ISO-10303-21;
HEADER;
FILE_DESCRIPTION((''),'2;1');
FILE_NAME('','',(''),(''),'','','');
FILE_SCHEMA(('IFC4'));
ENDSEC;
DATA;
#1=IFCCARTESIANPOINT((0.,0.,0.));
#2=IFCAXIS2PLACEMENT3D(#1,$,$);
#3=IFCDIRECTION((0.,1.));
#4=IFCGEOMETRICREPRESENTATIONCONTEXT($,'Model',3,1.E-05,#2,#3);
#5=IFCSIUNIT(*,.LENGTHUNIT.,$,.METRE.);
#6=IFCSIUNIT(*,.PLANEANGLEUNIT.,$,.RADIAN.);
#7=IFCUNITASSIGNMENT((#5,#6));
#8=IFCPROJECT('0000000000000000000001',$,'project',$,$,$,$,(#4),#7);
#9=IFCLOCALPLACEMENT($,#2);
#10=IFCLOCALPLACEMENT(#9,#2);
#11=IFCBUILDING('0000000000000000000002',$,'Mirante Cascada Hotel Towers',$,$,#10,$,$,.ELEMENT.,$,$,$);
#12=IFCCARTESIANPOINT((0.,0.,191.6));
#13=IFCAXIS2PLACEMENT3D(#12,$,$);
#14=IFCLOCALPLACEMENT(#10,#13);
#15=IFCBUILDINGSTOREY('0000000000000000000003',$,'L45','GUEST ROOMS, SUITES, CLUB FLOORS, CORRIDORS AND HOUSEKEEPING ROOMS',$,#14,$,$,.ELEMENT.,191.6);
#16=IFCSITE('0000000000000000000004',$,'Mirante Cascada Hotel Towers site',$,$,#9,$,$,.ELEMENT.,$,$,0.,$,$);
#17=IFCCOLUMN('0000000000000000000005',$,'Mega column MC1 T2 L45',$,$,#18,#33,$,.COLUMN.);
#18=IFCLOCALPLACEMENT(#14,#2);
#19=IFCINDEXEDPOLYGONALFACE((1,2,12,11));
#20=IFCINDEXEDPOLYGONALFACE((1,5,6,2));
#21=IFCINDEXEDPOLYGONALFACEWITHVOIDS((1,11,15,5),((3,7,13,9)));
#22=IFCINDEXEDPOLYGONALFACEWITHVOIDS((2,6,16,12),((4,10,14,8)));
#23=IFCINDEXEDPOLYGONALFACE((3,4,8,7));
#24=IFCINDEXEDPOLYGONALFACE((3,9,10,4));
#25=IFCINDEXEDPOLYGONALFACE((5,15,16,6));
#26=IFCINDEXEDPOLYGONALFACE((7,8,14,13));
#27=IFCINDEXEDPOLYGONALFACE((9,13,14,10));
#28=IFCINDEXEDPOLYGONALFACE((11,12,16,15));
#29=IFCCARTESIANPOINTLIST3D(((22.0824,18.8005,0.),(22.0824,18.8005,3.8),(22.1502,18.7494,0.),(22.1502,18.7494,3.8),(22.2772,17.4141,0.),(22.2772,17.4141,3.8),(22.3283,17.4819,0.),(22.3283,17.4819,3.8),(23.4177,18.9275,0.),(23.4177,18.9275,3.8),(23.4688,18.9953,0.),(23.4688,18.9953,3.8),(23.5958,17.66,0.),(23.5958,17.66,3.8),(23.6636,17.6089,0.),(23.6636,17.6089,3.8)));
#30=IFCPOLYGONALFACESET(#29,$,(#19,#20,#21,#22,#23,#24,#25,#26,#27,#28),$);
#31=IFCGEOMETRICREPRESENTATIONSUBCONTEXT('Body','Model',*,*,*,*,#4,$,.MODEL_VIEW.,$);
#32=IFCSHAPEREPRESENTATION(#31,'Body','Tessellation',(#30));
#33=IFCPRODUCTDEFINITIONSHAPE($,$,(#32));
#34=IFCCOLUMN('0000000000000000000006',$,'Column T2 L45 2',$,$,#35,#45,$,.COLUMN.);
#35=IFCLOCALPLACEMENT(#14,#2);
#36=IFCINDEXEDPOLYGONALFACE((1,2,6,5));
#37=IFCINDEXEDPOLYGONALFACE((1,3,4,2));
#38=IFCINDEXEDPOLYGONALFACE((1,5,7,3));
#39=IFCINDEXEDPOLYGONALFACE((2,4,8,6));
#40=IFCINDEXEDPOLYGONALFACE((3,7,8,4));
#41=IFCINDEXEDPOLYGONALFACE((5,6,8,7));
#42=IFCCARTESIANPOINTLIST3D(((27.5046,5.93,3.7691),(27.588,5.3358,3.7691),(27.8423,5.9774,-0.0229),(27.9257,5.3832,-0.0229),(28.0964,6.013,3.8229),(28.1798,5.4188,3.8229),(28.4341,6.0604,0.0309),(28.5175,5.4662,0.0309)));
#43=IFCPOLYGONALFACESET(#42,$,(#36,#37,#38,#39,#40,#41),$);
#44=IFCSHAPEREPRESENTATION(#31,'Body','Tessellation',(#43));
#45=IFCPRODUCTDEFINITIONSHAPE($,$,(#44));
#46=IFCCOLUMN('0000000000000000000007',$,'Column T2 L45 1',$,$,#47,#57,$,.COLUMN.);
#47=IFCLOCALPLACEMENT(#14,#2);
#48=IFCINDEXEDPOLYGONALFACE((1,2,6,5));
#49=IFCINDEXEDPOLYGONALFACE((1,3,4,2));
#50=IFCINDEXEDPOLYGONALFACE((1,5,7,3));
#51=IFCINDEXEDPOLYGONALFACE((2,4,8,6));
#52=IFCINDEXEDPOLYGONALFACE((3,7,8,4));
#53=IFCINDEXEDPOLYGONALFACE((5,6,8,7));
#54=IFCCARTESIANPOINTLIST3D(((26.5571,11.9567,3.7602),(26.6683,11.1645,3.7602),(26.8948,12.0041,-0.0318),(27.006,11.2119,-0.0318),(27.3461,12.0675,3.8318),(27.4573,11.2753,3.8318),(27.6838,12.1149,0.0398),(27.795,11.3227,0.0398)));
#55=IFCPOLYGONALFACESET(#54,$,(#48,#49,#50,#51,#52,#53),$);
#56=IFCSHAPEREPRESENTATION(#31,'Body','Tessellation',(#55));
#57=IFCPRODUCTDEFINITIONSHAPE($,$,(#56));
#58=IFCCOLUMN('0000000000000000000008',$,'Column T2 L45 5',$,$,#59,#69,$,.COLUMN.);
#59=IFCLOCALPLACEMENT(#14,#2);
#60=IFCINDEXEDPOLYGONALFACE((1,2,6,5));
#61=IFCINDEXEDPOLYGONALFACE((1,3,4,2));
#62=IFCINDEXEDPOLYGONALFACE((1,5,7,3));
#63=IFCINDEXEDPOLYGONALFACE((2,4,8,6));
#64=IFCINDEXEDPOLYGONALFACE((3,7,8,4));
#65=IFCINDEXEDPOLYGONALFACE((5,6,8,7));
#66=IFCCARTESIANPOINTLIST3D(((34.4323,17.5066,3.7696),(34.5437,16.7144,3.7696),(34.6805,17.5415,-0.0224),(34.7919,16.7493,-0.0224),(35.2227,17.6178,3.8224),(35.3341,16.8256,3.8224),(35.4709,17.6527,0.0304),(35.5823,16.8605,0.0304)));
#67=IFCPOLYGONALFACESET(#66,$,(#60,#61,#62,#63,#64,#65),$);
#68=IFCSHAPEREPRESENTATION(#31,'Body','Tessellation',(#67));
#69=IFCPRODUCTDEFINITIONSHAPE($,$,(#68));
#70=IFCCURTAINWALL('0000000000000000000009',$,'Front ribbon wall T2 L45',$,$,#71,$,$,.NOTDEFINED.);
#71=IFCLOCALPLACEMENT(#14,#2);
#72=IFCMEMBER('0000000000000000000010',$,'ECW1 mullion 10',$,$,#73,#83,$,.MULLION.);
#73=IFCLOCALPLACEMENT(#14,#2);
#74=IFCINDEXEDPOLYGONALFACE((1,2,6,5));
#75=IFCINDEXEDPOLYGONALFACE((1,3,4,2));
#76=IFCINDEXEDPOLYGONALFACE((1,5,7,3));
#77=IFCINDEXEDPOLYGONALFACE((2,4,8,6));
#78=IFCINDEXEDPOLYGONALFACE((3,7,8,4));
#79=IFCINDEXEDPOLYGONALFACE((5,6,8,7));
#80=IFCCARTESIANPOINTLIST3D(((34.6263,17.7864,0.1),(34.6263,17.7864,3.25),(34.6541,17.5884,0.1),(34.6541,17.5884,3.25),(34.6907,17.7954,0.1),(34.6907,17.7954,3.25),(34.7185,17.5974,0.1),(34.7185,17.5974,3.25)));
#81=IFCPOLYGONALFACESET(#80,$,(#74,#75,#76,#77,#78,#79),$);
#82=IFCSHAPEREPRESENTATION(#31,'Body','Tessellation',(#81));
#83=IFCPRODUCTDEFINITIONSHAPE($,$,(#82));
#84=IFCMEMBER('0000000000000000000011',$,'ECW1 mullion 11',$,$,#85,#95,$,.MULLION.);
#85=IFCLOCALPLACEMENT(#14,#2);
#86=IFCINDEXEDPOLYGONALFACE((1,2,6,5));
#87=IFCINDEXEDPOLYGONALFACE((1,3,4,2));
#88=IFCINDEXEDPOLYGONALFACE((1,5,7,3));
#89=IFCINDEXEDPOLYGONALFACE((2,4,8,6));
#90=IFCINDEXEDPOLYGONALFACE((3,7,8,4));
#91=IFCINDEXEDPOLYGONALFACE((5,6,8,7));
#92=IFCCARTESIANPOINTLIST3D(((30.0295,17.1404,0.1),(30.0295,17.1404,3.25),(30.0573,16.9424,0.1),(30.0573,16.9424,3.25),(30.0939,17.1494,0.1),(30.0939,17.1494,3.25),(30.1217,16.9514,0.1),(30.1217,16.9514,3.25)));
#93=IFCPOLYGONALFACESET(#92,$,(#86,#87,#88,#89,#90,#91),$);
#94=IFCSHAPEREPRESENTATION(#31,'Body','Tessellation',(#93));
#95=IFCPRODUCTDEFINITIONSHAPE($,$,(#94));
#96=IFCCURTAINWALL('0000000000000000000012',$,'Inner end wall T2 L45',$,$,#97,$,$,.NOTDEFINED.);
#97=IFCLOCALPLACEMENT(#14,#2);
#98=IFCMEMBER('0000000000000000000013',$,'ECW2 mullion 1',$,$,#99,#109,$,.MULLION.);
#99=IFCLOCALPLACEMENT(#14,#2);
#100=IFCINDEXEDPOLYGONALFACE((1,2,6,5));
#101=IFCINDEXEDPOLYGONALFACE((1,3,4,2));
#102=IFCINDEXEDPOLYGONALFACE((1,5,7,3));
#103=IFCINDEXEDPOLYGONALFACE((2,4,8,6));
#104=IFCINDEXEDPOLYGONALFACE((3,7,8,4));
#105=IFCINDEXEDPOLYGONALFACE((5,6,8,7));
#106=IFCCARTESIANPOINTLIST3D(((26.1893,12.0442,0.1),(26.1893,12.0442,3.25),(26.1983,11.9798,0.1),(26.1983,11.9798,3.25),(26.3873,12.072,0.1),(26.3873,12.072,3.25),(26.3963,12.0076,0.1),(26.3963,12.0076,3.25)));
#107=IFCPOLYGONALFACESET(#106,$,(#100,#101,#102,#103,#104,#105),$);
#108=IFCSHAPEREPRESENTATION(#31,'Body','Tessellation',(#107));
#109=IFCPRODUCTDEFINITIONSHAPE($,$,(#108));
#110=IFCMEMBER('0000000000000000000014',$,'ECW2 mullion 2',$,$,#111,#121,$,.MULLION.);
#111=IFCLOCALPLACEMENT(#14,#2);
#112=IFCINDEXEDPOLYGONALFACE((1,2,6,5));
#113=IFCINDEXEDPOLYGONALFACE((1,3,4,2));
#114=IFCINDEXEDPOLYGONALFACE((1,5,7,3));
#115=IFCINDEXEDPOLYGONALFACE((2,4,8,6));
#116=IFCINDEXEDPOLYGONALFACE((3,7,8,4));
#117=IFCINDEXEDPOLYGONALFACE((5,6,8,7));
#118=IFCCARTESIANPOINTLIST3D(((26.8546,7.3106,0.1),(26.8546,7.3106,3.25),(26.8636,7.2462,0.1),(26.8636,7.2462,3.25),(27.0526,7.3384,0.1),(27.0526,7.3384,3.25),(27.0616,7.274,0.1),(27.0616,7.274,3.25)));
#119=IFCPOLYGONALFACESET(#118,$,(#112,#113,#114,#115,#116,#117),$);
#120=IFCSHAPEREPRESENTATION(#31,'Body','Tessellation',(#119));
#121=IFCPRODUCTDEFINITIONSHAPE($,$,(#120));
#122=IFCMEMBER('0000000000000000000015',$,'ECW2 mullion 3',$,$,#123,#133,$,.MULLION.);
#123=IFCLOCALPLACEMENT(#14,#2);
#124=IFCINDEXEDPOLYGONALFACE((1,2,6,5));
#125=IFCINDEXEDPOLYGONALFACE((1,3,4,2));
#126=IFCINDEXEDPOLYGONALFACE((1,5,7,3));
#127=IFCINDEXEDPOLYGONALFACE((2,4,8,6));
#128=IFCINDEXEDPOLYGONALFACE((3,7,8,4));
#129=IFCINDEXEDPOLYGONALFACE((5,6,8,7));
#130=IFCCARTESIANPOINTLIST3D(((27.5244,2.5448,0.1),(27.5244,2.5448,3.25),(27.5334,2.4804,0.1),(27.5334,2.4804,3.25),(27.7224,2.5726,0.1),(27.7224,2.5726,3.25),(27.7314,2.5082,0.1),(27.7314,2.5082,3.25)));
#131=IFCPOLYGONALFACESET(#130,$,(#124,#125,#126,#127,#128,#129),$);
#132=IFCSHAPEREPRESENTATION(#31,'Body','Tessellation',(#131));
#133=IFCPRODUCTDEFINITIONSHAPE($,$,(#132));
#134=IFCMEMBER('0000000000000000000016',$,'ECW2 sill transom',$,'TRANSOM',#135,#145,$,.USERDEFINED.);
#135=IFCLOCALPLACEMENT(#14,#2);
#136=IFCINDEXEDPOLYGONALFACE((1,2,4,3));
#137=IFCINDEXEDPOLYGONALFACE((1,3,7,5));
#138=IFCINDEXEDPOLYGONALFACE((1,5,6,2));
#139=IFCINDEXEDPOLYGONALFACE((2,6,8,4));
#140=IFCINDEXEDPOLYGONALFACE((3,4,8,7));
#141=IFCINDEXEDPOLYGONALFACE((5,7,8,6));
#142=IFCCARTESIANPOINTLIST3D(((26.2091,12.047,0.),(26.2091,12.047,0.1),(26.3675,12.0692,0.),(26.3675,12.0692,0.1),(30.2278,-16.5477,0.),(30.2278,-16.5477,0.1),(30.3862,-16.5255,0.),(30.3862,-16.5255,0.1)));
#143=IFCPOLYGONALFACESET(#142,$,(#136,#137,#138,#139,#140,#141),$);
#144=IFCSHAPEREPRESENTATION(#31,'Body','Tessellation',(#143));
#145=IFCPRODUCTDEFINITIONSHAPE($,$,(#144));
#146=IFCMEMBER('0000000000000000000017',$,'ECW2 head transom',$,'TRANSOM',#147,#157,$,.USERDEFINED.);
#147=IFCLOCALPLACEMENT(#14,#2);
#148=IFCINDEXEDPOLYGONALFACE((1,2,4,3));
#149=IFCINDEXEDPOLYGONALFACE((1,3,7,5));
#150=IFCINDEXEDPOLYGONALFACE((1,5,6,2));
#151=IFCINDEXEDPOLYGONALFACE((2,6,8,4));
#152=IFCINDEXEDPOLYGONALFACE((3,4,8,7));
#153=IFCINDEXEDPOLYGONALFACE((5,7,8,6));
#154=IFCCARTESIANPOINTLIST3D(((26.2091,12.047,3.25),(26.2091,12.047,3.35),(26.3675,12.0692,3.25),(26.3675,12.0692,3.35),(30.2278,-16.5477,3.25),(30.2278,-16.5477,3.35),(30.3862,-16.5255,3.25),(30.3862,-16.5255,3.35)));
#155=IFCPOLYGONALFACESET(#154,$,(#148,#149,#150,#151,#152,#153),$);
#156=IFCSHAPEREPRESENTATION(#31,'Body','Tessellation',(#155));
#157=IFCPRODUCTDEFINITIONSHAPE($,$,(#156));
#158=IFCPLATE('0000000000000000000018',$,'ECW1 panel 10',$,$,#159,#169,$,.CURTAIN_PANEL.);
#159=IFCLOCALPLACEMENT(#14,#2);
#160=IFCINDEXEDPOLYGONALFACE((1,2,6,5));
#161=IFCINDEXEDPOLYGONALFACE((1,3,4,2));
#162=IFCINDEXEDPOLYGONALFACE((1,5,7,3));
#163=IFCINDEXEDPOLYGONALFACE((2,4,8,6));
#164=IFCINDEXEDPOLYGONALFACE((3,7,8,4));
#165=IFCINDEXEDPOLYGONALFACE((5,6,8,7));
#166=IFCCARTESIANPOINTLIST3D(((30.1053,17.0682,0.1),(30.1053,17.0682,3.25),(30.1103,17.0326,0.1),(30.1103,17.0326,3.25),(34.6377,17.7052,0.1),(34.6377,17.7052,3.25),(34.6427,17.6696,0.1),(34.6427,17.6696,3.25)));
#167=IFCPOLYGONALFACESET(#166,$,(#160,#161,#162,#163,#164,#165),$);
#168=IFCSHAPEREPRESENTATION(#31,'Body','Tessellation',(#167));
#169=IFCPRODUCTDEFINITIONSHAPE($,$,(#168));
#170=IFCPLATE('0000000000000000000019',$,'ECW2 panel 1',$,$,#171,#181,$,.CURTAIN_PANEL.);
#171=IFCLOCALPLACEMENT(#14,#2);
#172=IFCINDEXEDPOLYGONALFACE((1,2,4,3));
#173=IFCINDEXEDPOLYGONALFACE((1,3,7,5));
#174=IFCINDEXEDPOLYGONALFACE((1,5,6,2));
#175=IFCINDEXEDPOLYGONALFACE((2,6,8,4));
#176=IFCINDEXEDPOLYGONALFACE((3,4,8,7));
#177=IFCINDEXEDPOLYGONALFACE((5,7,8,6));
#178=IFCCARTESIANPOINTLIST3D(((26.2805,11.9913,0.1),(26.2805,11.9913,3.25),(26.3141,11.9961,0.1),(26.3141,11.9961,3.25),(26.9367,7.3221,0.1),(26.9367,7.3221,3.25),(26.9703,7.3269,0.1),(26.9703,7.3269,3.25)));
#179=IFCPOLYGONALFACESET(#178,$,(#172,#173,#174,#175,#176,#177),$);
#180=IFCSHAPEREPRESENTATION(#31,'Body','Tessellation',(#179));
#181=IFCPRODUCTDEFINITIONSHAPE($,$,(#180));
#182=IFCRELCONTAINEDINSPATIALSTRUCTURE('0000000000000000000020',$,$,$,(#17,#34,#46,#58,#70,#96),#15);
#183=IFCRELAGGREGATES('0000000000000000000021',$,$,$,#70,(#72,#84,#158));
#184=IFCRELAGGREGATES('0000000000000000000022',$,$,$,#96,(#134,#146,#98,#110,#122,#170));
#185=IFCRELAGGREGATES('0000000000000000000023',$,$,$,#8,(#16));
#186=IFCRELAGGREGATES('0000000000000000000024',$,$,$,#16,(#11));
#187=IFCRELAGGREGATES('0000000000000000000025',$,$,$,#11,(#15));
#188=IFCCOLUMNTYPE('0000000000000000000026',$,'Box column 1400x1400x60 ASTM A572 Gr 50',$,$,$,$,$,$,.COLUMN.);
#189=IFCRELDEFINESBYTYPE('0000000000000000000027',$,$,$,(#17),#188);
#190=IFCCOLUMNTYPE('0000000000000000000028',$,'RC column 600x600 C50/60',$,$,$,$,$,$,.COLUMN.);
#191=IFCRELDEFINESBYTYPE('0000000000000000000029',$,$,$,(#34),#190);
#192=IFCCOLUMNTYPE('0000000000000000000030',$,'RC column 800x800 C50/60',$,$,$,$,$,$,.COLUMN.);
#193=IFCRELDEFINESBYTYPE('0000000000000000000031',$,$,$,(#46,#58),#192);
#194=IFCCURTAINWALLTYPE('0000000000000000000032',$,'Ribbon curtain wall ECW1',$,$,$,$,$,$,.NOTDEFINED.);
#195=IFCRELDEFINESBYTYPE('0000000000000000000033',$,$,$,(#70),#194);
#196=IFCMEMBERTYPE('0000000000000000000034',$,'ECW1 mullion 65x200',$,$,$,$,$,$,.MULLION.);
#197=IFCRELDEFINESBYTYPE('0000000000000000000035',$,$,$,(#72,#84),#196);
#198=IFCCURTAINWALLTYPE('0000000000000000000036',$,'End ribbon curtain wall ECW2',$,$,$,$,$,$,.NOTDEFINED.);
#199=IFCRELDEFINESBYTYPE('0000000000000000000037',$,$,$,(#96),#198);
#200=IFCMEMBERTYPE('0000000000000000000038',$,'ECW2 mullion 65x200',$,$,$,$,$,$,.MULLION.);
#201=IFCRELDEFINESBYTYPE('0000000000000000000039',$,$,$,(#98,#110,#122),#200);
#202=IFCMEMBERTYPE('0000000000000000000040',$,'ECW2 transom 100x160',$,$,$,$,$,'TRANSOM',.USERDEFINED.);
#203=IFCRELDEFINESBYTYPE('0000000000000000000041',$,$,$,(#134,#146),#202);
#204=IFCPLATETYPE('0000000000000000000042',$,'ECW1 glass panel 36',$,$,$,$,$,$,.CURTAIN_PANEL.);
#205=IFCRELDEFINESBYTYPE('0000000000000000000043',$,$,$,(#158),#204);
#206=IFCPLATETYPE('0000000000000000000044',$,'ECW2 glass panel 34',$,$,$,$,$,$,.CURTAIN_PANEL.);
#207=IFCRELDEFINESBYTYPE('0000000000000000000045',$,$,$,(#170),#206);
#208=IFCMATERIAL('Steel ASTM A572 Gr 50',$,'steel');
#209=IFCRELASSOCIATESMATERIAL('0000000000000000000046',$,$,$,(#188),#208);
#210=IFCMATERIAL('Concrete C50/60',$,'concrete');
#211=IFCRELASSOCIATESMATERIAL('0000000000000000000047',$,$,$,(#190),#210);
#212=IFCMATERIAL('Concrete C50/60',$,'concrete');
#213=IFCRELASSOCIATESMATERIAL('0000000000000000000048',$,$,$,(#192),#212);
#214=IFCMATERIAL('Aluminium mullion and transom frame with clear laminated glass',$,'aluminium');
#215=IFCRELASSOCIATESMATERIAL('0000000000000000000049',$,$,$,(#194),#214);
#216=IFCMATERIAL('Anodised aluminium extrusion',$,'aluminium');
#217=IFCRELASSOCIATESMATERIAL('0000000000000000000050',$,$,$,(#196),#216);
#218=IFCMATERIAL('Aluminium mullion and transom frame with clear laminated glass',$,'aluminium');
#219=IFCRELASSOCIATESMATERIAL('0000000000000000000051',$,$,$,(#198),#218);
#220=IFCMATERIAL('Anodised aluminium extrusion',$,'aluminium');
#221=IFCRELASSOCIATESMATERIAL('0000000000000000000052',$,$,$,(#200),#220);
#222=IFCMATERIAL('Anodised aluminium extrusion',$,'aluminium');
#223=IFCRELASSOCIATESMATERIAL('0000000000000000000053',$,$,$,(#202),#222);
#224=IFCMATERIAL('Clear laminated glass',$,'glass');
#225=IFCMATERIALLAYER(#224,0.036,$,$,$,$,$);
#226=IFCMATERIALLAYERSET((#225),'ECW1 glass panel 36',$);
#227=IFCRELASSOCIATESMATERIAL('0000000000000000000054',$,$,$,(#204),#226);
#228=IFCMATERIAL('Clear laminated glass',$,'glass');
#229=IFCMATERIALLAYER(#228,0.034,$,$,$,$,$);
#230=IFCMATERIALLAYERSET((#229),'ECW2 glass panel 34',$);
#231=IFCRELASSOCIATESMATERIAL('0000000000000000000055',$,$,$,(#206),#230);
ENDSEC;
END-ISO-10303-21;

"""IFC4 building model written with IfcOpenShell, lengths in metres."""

from ifc_helpers import new_model, si_unit, direction, frame, origin, origin_2d, place, context, subcontext, project, spatial, rectangle, hollow_rectangle, extrude, material, layer, layer_set, material_profile, profile_set, type_object, element, aggregate, save


model = new_model("IFC4")

# Units and contexts
model_context = context("Model", 3, precision=1e-05, world=origin(), true_north=direction((0.0, 1.0)))
body_context = subcontext(model_context, "Body", "Model", "MODEL_VIEW")
ifc_project = project(units=[si_unit("LENGTHUNIT", "METRE"), si_unit("PLANEANGLEUNIT", "RADIAN")], contexts=[model_context])

# Site, building, storey
site_placement = place(None, origin())
site = spatial("IfcSite", under=ifc_project, at=site_placement, Name="Mirante Cascada Hotel Towers site", CompositionType="ELEMENT", RefElevation=0.0)
building_placement = place(site_placement, origin())
building = spatial("IfcBuilding", under=site, at=building_placement, Name="Mirante Cascada Hotel Towers", CompositionType="ELEMENT")
storey_placement = place(building_placement, frame((0.0, 0.0, 191.6)))
storey = spatial("IfcBuildingStorey", under=building, at=storey_placement, Name="L45", Description="GUEST ROOMS, SUITES, CLUB FLOORS, CORRIDORS AND HOUSEKEEPING ROOMS", CompositionType="ELEMENT", Elevation=191.6)

# Columns
ifc_material_1 = material(Name="Steel ASTM A572 Gr 50", Category="steel")
ifc_material_profile_1 = material_profile(ifc_material_1, hollow_rectangle(XDim=1.4, YDim=1.4, WallThickness=0.06, at=origin_2d()), Name="Box column 1400x1400x60 ASTM A572 Gr 50")
ifc_profile_set_1 = profile_set([ifc_material_profile_1], Name="Steel ASTM A572 Gr 50")
column_type_1 = type_object("IfcColumnType", Name="Box column 1400x1400x60 ASTM A572 Gr 50", PredefinedType="COLUMN", material=ifc_profile_set_1)
column_1_placement = place(storey_placement, frame((22.873, 18.2047, 0.0), z_axis=(0.0, 0.0, 1.0), x_axis=(0.990268, 0.139173, 0.0)))
element("IfcColumn", 1, at=column_1_placement, inside=storey, type_object=column_type_1, Name="Mega column MC1 T2 L45", PredefinedType="COLUMN", context=body_context, shape_type="SweptSolid", body=[
    extrude(hollow_rectangle(XDim=1.4, YDim=1.4, WallThickness=0.06, at=origin_2d()), origin(), (0.0, 0.0, 1.0), 3.8),
])
ifc_material_2 = material(Name="Concrete C50/60", Category="concrete")
ifc_material_profile_2 = material_profile(ifc_material_2, rectangle(XDim=0.6, YDim=0.6, at=origin_2d()), Name="RC column 600x600 C50/60")
ifc_profile_set_2 = profile_set([ifc_material_profile_2], Name="Concrete C50/60")
column_type_2 = type_object("IfcColumnType", Name="RC column 600x600 C50/60", PredefinedType="COLUMN", material=ifc_profile_set_2)
column_2_placement = place(storey_placement, frame((28.1799, 5.7218, 0.004), z_axis=(-0.088698, -0.01245, 0.995981), x_axis=(0.138999, -0.990293, 0.0)))
element("IfcColumn", 2, at=column_2_placement, inside=storey, type_object=column_type_2, Name="Column T2 L45 2", PredefinedType="COLUMN", context=body_context, shape_type="SweptSolid", body=[
    extrude(rectangle(XDim=0.6, YDim=0.6, at=origin_2d()), origin(), (0.0, 0.0, 1.0), 3.8073),
])
ifc_material_3 = material(Name="Concrete C50/60", Category="concrete")
ifc_material_profile_3 = material_profile(ifc_material_3, rectangle(XDim=0.8, YDim=0.8, at=origin_2d()), Name="RC column 800x800 C50/60")
ifc_profile_set_3 = profile_set([ifc_material_profile_3], Name="Concrete C50/60")
column_type_3 = type_object("IfcColumnType", Name="RC column 800x800 C50/60", PredefinedType="COLUMN", material=ifc_profile_set_3)
column_3_placement = place(storey_placement, frame((27.3449, 11.6634, 0.004), z_axis=(-0.088698, -0.01245, 0.995981), x_axis=(0.138999, -0.990293, 0.0)))
element("IfcColumn", 3, at=column_3_placement, inside=storey, type_object=column_type_3, Name="Column T2 L45 1", PredefinedType="COLUMN", context=body_context, shape_type="SweptSolid", body=[
    extrude(rectangle(XDim=0.8, YDim=0.8, at=origin_2d()), origin(), (0.0, 0.0, 1.0), 3.8073),
])
column_4_placement = place(storey_placement, frame((35.1314, 17.201, 0.004), z_axis=(-0.065311, -0.009184, 0.997823), x_axis=(0.139243, -0.990258, 0.0)))
element("IfcColumn", 4, at=column_4_placement, inside=storey, type_object=column_type_3, Name="Column T2 L45 5", PredefinedType="COLUMN", context=body_context, shape_type="SweptSolid", body=[
    extrude(rectangle(XDim=0.8, YDim=0.8, at=origin_2d()), origin(), (0.0, 0.0, 1.0), 3.8003),
])

# Curtain walls, members
ifc_material_4 = material(Name="Aluminium mullion and transom frame with clear laminated glass", Category="aluminium")
curtain_wall_type_1 = type_object("IfcCurtainWallType", Name="Ribbon curtain wall ECW1", PredefinedType="NOTDEFINED", material=ifc_material_4)
curtain_wall_1_placement = place(storey_placement, origin())
curtain_wall_1 = element("IfcCurtainWall", 5, at=curtain_wall_1_placement, inside=storey, type_object=curtain_wall_type_1, Name="Front ribbon wall T2 L45", PredefinedType="NOTDEFINED")
ifc_material_5 = material(Name="Anodised aluminium extrusion", Category="aluminium")
ifc_material_profile_4 = material_profile(ifc_material_5, rectangle(XDim=0.2, YDim=0.065, at=origin_2d()), Name="ECW1 MULLION 65x200")
ifc_profile_set_4 = profile_set([ifc_material_profile_4], Name="Anodised aluminium extrusion")
member_type_1 = type_object("IfcMemberType", Name="ECW1 mullion 65x200", PredefinedType="MULLION", material=ifc_profile_set_4)
member_1_placement = place(storey_placement, frame((34.6724, 17.6919, 0.1), z_axis=(0.0, 0.0, 1.0), x_axis=(0.139173, -0.990268, 0.0)))
member_1 = element("IfcMember", 6, at=member_1_placement, type_object=member_type_1, Name="ECW1 mullion 10", PredefinedType="MULLION", context=body_context, shape_type="SweptSolid", body=[
    extrude(rectangle(XDim=0.2, YDim=0.065, at=origin_2d()), origin(), (0.0, 0.0, 1.0), 3.15),
])
member_2_placement = place(storey_placement, frame((30.0756, 17.0459, 0.1), z_axis=(0.0, 0.0, 1.0), x_axis=(0.139173, -0.990268, 0.0)))
member_2 = element("IfcMember", 7, at=member_2_placement, type_object=member_type_1, Name="ECW1 mullion 11", PredefinedType="MULLION", context=body_context, shape_type="SweptSolid", body=[
    extrude(rectangle(XDim=0.2, YDim=0.065, at=origin_2d()), origin(), (0.0, 0.0, 1.0), 3.15),
])
ifc_material_6 = material(Name="Aluminium mullion and transom frame with clear laminated glass", Category="aluminium")
curtain_wall_type_2 = type_object("IfcCurtainWallType", Name="End ribbon curtain wall ECW2", PredefinedType="NOTDEFINED", material=ifc_material_6)
curtain_wall_2_placement = place(storey_placement, origin())
curtain_wall_2 = element("IfcCurtainWall", 8, at=curtain_wall_2_placement, inside=storey, type_object=curtain_wall_type_2, Name="Inner end wall T2 L45", PredefinedType="NOTDEFINED")
ifc_material_7 = material(Name="Anodised aluminium extrusion", Category="aluminium")
ifc_material_profile_5 = material_profile(ifc_material_7, rectangle(XDim=0.2, YDim=0.065, at=origin_2d()), Name="ECW2 MULLION 65x200")
ifc_profile_set_5 = profile_set([ifc_material_profile_5], Name="Anodised aluminium extrusion")
member_type_2 = type_object("IfcMemberType", Name="ECW2 mullion 65x200", PredefinedType="MULLION", material=ifc_profile_set_5)
member_3_placement = place(storey_placement, frame((26.2928, 12.0259, 0.1), z_axis=(0.0, 0.0, 1.0), x_axis=(0.990268, 0.139173, 0.0)))
member_3 = element("IfcMember", 9, at=member_3_placement, type_object=member_type_2, Name="ECW2 mullion 1", PredefinedType="MULLION", context=body_context, shape_type="SweptSolid", body=[
    extrude(rectangle(XDim=0.2, YDim=0.065, at=origin_2d()), origin(), (0.0, 0.0, 1.0), 3.15),
])
member_4_placement = place(storey_placement, frame((26.9581, 7.2923, 0.1), z_axis=(0.0, 0.0, 1.0), x_axis=(0.990268, 0.139173, 0.0)))
member_4 = element("IfcMember", 10, at=member_4_placement, type_object=member_type_2, Name="ECW2 mullion 2", PredefinedType="MULLION", context=body_context, shape_type="SweptSolid", body=[
    extrude(rectangle(XDim=0.2, YDim=0.065, at=origin_2d()), origin(), (0.0, 0.0, 1.0), 3.15),
])
member_5_placement = place(storey_placement, frame((27.6279, 2.5265, 0.1), z_axis=(0.0, 0.0, 1.0), x_axis=(0.990268, 0.139173, 0.0)))
member_5 = element("IfcMember", 11, at=member_5_placement, type_object=member_type_2, Name="ECW2 mullion 3", PredefinedType="MULLION", context=body_context, shape_type="SweptSolid", body=[
    extrude(rectangle(XDim=0.2, YDim=0.065, at=origin_2d()), origin(), (0.0, 0.0, 1.0), 3.15),
])
ifc_material_8 = material(Name="Anodised aluminium extrusion", Category="aluminium")
ifc_material_profile_6 = material_profile(ifc_material_8, rectangle(XDim=0.16, YDim=0.1, at=origin_2d()), Name="ECW2 TRANSOM 100x160")
ifc_profile_set_6 = profile_set([ifc_material_profile_6], Name="Anodised aluminium extrusion")
member_type_3 = type_object("IfcMemberType", Name="ECW2 transom 100x160", ElementType="TRANSOM", PredefinedType="USERDEFINED", material=ifc_profile_set_6)
member_6_placement = place(storey_placement, frame((26.2883, 12.0581, 0.05), z_axis=(0.139172, -0.990268, 0.0), x_axis=(0.990268, 0.139172, 0.0)))
member_6 = element("IfcMember", 12, at=member_6_placement, type_object=member_type_3, Name="ECW2 sill transom", ObjectType="TRANSOM", PredefinedType="USERDEFINED", context=body_context, shape_type="SweptSolid", body=[
    extrude(rectangle(XDim=0.16, YDim=0.1, at=origin_2d()), origin(), (0.0, 0.0, 1.0), 28.8757),
])
member_7_placement = place(storey_placement, frame((26.2883, 12.0581, 3.3), z_axis=(0.139172, -0.990268, 0.0), x_axis=(0.990268, 0.139172, 0.0)))
member_7 = element("IfcMember", 13, at=member_7_placement, type_object=member_type_3, Name="ECW2 head transom", ObjectType="TRANSOM", PredefinedType="USERDEFINED", context=body_context, shape_type="SweptSolid", body=[
    extrude(rectangle(XDim=0.16, YDim=0.1, at=origin_2d()), origin(), (0.0, 0.0, 1.0), 28.8757),
])

# Plates
ifc_material_9 = material(Name="Clear laminated glass", Category="glass")
ifc_layer_1 = layer(ifc_material_9, 0.036)
ifc_layer_set_1 = layer_set([ifc_layer_1], Name="ECW1 glass panel 36")
plate_type_1 = type_object("IfcPlateType", Name="ECW1 glass panel 36", PredefinedType="CURTAIN_PANEL", material=ifc_layer_set_1)
plate_1_placement = place(storey_placement, frame((32.374, 17.3689, 0.1), z_axis=(0.0, 0.0, 1.0), x_axis=(-0.990268, -0.139173, 0.0)))
plate_1 = element("IfcPlate", 14, at=plate_1_placement, type_object=plate_type_1, Name="ECW1 panel 10", PredefinedType="CURTAIN_PANEL", context=body_context, shape_type="SweptSolid", body=[
    extrude(rectangle(XDim=4.577, YDim=0.036, at=origin_2d()), origin(), (0.0, 0.0, 1.0), 3.15),
])
aggregate(curtain_wall_1, [member_1, member_2, plate_1])
ifc_material_10 = material(Name="Clear laminated glass", Category="glass")
ifc_layer_2 = layer(ifc_material_10, 0.034)
ifc_layer_set_2 = layer_set([ifc_layer_2], Name="ECW2 glass panel 34")
plate_type_2 = type_object("IfcPlateType", Name="ECW2 glass panel 34", PredefinedType="CURTAIN_PANEL", material=ifc_layer_set_2)
plate_2_placement = place(storey_placement, frame((26.6254, 9.6591, 0.1), z_axis=(0.0, 0.0, 1.0), x_axis=(0.139173, -0.990268, 0.0)))
plate_2 = element("IfcPlate", 15, at=plate_2_placement, type_object=plate_type_2, Name="ECW2 panel 1", PredefinedType="CURTAIN_PANEL", context=body_context, shape_type="SweptSolid", body=[
    extrude(rectangle(XDim=4.7151, YDim=0.034, at=origin_2d()), origin(), (0.0, 0.0, 1.0), 3.15),
])
aggregate(curtain_wall_2, [member_6, member_7, member_3, member_4, member_5, plate_2])

save(model, "model.ifc")
